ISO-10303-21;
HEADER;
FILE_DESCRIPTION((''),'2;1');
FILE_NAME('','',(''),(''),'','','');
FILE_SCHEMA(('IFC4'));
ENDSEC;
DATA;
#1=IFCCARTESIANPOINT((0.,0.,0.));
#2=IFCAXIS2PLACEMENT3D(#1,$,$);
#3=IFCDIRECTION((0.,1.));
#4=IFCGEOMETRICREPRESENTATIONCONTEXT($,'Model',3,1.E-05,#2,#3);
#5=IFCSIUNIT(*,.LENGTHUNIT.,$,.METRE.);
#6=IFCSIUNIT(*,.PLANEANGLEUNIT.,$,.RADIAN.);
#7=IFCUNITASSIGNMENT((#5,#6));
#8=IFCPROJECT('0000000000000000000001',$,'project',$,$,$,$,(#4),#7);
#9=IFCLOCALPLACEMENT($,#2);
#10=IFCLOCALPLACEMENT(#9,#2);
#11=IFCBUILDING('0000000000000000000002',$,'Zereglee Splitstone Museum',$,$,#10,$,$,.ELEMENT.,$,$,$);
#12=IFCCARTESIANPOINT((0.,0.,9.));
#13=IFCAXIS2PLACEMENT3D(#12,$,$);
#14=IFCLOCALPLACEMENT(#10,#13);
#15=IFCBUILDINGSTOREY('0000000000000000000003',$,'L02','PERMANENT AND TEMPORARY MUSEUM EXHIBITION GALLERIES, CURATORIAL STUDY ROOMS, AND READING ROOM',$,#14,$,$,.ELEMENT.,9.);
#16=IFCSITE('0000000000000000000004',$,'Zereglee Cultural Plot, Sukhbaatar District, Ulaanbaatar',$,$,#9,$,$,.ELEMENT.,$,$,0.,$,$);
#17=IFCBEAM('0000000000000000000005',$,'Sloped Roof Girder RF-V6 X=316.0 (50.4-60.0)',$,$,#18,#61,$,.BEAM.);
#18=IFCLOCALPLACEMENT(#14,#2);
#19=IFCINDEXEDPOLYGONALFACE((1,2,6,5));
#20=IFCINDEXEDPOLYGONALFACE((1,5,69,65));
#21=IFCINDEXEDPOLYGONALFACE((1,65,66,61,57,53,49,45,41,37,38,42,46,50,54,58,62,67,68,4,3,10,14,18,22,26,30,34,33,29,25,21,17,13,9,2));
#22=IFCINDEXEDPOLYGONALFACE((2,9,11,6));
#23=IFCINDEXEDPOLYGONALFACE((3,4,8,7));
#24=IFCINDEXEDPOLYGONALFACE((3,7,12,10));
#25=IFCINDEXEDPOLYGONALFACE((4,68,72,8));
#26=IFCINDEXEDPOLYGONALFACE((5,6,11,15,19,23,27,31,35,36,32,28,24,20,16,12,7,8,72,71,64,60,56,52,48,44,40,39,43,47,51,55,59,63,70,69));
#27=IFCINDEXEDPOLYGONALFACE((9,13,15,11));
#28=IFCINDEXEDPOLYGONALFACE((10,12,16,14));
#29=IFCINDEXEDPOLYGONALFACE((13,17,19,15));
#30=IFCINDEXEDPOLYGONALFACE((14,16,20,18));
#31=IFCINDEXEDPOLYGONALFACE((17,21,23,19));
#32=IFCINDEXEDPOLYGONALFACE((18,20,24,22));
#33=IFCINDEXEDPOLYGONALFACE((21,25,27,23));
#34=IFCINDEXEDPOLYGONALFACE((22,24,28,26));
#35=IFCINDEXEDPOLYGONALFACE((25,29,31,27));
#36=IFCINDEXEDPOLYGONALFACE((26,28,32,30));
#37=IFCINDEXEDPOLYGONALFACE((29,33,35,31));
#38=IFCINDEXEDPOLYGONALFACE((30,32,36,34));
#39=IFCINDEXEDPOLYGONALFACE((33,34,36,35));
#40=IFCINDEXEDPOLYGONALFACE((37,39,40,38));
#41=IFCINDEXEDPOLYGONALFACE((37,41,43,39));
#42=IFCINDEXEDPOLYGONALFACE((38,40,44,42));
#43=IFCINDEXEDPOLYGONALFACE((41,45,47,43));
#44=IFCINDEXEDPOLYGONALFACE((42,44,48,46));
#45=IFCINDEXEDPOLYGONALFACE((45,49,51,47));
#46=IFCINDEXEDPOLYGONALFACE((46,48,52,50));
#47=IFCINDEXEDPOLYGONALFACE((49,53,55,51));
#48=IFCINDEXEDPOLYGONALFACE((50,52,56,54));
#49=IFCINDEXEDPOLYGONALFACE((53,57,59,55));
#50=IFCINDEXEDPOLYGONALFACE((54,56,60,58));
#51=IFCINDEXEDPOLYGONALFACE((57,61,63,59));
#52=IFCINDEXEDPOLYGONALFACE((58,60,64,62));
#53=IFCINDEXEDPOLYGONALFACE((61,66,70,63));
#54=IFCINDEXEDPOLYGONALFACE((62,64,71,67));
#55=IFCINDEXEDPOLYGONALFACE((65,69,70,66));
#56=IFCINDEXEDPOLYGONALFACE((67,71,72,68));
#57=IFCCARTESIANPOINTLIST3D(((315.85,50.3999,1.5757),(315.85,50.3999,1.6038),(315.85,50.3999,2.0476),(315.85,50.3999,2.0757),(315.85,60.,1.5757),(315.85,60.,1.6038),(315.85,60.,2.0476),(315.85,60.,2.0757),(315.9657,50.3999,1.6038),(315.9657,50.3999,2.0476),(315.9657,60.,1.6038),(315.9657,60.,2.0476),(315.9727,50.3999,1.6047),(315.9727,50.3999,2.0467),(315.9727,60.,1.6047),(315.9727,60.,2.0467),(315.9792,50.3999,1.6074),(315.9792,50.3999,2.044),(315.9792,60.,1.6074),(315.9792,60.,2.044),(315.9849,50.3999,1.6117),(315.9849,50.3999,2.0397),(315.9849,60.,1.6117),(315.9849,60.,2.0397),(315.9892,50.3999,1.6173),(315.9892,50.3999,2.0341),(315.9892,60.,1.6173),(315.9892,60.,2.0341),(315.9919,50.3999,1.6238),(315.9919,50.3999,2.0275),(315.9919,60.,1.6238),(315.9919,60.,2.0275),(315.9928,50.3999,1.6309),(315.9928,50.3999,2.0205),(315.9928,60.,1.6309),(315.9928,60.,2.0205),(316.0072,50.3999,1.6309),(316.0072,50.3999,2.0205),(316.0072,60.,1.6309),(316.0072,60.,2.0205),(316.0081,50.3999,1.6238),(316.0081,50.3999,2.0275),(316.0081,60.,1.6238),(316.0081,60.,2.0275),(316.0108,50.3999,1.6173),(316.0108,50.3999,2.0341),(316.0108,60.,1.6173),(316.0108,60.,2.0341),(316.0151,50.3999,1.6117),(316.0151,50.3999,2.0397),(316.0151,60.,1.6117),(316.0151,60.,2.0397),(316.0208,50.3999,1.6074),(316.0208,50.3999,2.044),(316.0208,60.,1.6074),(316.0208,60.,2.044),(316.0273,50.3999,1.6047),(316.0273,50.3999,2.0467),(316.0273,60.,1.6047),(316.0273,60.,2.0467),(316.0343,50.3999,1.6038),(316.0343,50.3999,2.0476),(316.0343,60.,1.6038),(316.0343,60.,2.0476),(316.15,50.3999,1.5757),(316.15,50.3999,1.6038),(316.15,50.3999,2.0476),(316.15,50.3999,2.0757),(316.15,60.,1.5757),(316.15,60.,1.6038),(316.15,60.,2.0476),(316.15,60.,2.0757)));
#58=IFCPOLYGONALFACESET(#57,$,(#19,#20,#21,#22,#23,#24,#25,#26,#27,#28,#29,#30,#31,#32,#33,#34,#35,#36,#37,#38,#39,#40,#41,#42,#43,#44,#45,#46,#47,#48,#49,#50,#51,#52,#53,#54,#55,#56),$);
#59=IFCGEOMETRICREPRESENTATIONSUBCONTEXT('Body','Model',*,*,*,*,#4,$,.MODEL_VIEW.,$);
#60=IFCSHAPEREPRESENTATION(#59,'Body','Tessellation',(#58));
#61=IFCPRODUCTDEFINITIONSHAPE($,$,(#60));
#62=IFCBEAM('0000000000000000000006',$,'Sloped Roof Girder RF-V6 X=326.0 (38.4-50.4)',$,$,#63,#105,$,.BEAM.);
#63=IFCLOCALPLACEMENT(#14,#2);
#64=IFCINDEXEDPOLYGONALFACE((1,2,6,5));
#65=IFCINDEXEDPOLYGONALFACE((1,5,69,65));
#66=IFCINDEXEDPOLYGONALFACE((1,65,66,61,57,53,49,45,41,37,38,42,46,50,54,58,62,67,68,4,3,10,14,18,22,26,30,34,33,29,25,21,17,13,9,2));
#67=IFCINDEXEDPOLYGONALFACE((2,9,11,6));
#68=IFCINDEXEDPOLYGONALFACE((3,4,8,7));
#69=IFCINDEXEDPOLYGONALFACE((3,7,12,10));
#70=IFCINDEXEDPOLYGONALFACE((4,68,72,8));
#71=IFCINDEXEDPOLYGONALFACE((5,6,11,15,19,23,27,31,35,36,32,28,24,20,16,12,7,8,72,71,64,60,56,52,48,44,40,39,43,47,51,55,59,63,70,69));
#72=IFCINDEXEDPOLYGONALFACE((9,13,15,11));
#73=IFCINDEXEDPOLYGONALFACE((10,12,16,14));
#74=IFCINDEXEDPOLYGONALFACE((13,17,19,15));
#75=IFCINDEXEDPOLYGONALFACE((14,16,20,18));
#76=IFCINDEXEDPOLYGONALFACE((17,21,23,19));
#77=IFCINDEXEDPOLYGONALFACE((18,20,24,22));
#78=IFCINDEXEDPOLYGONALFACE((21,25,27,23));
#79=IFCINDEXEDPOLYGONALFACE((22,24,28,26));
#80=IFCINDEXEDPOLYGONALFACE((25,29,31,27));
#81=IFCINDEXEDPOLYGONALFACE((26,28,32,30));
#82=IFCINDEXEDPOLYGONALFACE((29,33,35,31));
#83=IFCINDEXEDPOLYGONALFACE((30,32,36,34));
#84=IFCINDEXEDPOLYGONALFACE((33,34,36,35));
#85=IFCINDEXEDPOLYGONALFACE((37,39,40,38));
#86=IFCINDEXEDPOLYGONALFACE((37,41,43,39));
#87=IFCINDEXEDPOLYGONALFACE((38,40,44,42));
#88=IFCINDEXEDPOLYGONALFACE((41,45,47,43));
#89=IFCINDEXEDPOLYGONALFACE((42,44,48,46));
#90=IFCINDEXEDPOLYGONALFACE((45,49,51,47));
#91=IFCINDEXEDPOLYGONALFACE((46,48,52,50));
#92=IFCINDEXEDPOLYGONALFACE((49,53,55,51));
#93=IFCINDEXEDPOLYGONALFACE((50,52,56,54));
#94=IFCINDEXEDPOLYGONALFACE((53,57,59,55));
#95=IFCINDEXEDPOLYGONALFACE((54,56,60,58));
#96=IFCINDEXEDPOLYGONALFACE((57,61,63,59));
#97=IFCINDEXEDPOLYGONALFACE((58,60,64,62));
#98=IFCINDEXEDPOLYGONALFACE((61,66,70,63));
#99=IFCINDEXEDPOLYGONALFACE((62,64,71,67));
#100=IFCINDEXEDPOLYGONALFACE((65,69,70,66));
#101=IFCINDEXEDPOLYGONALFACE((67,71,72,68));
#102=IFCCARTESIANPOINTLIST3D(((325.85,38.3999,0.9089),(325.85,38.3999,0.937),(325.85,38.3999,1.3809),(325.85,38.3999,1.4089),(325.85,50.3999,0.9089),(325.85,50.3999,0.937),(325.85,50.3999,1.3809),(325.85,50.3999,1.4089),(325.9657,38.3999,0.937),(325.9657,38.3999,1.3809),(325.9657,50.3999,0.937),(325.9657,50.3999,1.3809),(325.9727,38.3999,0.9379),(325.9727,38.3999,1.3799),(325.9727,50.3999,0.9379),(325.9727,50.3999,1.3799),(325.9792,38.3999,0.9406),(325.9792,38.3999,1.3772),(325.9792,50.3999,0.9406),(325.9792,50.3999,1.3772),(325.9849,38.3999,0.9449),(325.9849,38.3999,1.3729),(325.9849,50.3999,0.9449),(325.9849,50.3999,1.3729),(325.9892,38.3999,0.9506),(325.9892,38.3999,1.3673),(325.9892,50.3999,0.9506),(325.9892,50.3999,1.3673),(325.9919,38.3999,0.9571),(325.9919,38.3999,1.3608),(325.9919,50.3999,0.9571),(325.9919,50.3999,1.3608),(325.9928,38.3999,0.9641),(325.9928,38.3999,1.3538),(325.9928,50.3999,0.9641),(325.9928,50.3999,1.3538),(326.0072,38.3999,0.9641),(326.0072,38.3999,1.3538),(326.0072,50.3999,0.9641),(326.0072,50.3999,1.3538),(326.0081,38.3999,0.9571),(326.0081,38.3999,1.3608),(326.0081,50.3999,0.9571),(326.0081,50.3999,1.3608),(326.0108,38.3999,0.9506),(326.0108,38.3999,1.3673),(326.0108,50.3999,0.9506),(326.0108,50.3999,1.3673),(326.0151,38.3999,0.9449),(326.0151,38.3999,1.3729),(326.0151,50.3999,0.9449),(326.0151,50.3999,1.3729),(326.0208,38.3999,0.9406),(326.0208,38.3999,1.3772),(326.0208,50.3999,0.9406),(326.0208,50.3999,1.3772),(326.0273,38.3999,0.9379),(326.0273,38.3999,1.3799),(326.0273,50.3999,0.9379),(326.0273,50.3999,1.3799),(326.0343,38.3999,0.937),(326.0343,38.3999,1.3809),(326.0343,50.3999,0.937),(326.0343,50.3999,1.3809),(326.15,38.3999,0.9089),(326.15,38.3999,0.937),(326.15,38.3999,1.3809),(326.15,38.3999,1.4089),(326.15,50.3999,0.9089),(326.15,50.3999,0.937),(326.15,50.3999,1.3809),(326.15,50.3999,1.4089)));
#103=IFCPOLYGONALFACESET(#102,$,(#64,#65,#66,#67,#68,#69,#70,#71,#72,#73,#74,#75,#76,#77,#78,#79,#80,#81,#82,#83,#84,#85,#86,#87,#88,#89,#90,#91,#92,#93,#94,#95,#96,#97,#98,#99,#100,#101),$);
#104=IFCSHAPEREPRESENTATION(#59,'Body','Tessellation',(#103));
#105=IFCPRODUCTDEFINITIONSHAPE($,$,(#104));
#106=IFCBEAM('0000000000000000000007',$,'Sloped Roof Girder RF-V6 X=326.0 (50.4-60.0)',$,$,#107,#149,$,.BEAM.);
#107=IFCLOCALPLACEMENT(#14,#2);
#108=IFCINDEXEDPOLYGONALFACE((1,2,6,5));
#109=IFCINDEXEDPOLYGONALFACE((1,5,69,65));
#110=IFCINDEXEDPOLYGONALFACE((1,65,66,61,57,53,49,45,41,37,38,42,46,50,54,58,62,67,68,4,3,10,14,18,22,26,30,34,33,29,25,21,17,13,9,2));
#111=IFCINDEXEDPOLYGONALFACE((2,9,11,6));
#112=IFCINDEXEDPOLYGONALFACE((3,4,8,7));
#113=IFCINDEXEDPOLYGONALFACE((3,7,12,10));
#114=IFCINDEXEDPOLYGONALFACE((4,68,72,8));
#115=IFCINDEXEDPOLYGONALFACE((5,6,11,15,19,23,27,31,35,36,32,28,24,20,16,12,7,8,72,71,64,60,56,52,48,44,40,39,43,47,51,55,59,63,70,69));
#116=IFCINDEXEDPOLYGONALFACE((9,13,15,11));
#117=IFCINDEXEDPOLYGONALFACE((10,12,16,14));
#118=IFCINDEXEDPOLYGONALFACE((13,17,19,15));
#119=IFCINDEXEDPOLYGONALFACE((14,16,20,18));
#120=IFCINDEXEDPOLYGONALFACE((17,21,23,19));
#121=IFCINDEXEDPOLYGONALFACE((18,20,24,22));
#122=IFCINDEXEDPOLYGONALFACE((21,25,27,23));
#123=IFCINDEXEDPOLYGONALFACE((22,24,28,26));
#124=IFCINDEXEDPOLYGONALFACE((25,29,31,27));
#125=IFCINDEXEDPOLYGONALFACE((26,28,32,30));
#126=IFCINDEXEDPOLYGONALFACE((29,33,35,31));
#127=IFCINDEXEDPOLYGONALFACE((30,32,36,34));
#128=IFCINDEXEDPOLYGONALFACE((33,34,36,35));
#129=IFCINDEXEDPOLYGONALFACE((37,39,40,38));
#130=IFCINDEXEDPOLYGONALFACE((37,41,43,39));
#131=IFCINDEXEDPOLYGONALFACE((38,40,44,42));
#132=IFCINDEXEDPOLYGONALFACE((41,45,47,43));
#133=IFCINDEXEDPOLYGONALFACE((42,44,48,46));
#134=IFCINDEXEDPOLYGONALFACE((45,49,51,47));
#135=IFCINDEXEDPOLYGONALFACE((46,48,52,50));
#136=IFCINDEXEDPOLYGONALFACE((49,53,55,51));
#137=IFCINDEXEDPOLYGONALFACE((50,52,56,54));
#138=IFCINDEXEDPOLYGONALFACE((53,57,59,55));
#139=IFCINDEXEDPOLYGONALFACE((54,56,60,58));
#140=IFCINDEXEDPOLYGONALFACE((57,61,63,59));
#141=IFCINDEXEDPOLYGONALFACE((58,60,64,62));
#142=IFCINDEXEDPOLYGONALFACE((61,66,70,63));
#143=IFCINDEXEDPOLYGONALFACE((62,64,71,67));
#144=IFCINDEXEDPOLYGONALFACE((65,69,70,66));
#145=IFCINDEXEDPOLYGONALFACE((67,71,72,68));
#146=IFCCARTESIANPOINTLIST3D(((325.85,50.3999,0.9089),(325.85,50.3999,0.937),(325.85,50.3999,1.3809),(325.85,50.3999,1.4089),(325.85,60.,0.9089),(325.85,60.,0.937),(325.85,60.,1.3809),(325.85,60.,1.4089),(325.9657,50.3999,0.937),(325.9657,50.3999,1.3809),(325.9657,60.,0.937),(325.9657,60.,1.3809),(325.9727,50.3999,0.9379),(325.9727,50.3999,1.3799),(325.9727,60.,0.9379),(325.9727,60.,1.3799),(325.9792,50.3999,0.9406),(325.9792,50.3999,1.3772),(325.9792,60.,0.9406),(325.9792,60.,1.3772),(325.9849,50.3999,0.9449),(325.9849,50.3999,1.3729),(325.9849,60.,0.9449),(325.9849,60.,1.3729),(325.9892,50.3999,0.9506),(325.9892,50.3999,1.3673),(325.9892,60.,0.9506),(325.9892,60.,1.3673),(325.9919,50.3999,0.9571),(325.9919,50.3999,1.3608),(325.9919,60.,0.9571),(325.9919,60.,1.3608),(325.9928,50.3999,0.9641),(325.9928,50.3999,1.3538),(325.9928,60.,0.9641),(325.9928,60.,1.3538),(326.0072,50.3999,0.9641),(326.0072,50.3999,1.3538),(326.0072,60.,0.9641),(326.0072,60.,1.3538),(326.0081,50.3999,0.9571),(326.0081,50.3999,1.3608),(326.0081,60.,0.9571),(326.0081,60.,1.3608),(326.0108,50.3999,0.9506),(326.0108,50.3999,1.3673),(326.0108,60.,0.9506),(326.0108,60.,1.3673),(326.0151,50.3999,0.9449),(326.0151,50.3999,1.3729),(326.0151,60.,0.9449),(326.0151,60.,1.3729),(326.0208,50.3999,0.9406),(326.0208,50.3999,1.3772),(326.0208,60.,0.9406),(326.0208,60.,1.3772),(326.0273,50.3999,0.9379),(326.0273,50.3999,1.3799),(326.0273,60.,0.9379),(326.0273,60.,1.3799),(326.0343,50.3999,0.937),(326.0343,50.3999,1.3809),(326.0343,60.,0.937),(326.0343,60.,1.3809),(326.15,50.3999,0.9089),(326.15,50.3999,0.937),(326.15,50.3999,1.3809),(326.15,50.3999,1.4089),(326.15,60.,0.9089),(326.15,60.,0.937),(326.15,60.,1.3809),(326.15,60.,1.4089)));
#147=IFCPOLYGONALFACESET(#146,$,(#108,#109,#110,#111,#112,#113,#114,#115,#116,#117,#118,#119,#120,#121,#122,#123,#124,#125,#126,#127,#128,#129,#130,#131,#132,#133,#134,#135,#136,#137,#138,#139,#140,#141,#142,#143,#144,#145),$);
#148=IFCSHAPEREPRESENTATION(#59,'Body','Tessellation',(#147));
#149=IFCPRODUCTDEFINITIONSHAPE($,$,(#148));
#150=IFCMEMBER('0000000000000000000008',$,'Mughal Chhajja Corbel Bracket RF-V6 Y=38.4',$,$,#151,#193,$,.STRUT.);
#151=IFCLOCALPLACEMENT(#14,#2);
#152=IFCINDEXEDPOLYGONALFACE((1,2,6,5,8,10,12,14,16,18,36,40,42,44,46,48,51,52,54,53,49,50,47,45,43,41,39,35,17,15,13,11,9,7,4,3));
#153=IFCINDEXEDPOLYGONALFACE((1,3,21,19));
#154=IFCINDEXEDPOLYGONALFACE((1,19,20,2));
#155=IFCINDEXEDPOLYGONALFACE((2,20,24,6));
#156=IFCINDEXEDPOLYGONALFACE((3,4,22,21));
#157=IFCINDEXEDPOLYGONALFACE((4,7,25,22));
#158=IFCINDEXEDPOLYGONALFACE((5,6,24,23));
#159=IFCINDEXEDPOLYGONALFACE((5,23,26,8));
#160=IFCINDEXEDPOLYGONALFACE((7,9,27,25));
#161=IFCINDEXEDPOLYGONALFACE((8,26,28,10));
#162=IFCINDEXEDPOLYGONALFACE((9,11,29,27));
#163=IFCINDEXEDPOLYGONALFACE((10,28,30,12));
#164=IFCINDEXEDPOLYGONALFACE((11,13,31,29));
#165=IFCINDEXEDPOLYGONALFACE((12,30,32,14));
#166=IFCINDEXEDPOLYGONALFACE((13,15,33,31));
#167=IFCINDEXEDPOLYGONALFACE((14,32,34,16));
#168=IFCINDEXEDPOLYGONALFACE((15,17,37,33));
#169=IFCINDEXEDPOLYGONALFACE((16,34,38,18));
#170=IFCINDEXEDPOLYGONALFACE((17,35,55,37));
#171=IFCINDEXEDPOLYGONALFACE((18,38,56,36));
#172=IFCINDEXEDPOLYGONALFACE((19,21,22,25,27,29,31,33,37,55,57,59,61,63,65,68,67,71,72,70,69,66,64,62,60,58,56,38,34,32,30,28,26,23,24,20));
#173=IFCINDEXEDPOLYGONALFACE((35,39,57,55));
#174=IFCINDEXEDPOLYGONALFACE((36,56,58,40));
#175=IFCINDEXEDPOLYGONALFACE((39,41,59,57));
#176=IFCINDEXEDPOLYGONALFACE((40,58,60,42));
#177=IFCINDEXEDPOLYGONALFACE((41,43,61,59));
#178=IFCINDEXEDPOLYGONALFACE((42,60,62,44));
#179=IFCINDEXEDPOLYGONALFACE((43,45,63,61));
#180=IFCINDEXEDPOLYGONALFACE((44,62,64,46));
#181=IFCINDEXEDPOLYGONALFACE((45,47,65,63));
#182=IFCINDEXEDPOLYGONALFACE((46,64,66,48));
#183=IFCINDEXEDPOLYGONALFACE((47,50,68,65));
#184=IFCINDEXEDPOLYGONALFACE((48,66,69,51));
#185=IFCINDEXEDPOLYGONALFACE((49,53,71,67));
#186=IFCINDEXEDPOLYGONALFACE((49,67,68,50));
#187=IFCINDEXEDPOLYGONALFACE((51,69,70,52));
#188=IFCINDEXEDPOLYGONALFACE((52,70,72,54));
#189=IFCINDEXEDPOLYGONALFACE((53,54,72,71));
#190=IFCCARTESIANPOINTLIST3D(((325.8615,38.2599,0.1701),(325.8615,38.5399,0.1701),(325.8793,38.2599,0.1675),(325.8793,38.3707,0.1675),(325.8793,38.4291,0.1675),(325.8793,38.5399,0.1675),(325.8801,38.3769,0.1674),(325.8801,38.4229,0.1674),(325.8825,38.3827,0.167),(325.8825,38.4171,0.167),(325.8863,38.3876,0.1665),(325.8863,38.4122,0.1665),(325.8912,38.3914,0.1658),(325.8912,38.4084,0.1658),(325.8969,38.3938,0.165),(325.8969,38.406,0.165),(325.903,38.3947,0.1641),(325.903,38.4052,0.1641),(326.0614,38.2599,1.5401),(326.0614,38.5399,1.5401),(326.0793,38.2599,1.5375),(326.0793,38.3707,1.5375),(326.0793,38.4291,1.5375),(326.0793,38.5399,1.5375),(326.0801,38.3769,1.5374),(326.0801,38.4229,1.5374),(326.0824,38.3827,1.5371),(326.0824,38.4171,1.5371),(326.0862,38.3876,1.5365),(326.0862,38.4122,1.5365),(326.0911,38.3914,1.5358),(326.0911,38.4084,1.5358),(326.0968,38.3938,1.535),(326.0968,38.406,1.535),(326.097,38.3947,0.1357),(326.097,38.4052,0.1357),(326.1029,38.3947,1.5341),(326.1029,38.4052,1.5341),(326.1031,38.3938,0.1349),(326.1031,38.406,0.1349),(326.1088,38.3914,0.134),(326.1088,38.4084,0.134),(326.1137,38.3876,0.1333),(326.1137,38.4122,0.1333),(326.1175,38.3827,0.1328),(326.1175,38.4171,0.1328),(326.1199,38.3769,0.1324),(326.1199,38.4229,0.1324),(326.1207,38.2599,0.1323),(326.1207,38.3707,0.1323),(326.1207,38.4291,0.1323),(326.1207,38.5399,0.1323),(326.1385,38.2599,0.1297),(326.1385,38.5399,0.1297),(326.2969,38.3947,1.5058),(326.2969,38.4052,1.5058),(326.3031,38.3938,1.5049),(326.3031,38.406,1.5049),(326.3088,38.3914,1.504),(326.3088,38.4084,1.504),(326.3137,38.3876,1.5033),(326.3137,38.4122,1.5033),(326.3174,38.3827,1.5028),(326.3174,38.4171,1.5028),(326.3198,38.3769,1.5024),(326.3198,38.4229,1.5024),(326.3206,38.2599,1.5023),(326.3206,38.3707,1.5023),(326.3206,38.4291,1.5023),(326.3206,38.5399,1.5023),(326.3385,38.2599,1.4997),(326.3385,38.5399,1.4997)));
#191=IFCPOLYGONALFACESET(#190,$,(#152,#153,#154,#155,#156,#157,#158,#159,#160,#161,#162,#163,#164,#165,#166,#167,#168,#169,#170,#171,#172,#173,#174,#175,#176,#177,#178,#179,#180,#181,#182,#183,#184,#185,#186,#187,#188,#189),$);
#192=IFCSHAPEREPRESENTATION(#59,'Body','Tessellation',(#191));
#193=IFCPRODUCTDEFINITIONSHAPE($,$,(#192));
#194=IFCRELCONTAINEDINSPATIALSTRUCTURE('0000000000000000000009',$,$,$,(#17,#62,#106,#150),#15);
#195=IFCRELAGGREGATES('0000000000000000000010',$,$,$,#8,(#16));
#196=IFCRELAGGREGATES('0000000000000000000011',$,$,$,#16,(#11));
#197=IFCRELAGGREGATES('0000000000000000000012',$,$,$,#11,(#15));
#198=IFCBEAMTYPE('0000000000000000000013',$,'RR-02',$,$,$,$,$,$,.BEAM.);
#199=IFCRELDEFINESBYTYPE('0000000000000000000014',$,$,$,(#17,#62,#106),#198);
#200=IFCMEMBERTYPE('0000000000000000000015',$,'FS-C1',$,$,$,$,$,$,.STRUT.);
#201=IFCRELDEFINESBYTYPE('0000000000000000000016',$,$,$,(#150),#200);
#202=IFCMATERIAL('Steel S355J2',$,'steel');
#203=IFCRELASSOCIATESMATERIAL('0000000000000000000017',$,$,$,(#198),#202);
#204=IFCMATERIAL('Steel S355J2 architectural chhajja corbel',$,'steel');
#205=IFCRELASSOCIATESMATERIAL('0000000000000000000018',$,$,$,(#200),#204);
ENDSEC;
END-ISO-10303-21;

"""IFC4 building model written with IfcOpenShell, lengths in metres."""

from ifc_helpers import new_model, si_unit, direction, frame, origin, origin_2d, place, context, subcontext, project, spatial, i_section, extrude, material, material_profile, profile_set, type_object, element, save


model = new_model("IFC4")

# Units and contexts
model_context = context("Model", 3, precision=1e-05, world=origin(), true_north=direction((0.0, 1.0)))
body_context = subcontext(model_context, "Body", "Model", "MODEL_VIEW")
ifc_project = project(units=[si_unit("LENGTHUNIT", "METRE"), si_unit("PLANEANGLEUNIT", "RADIAN")], contexts=[model_context])

# Site, building, storey
site_placement = place(None, origin())
site = spatial("IfcSite", under=ifc_project, at=site_placement, Name="Zereglee Cultural Plot, Sukhbaatar District, Ulaanbaatar", CompositionType="ELEMENT", RefElevation=0.0)
building_placement = place(site_placement, origin())
building = spatial("IfcBuilding", under=site, at=building_placement, Name="Zereglee Splitstone Museum", CompositionType="ELEMENT")
storey_placement = place(building_placement, frame((0.0, 0.0, 9.0)))
storey = spatial("IfcBuildingStorey", under=building, at=storey_placement, Name="L02", Description="PERMANENT AND TEMPORARY MUSEUM EXHIBITION GALLERIES, CURATORIAL STUDY ROOMS, AND READING ROOM", CompositionType="ELEMENT", Elevation=9.0)

# Shared definitions
ifc_material_1 = material(Name="Steel S355J2", Category="steel")

# Beams
ifc_material_profile_1 = material_profile(ifc_material_1, i_section(OverallWidth=0.3, OverallDepth=0.5, WebThickness=0.0144, FlangeThickness=0.0281, FilletRadius=0.0271, at=origin_2d()), Name="HE 500 B")
ifc_profile_set_1 = profile_set([ifc_material_profile_1], Name="Steel S355J2")
beam_type = type_object("IfcBeamType", Name="RR-02", PredefinedType="BEAM", material=ifc_profile_set_1)
beam_1_placement = place(storey_placement, frame((316.0, 50.3999, 1.8257), z_axis=(0.0, 1.0, 0.0), x_axis=(-1.0, 0.0, 0.0)))
element("IfcBeam", 1, at=beam_1_placement, inside=storey, type_object=beam_type, Name="Sloped Roof Girder RF-V6 X=316.0 (50.4-60.0)", PredefinedType="BEAM", context=body_context, shape_type="SweptSolid", body=[
    extrude(i_section(OverallWidth=0.3, OverallDepth=0.5, WebThickness=0.0144, FlangeThickness=0.0281, FilletRadius=0.0271, at=origin_2d()), origin(), (0.0, 0.0, 1.0), 9.6001),
])
beam_2_placement = place(storey_placement, frame((326.0, 38.3999, 1.1589), z_axis=(0.0, 1.0, 0.0), x_axis=(-1.0, 0.0, 0.0)))
element("IfcBeam", 2, at=beam_2_placement, inside=storey, type_object=beam_type, Name="Sloped Roof Girder RF-V6 X=326.0 (38.4-50.4)", PredefinedType="BEAM", context=body_context, shape_type="SweptSolid", body=[
    extrude(i_section(OverallWidth=0.3, OverallDepth=0.5, WebThickness=0.0144, FlangeThickness=0.0281, FilletRadius=0.0271, at=origin_2d()), origin(), (0.0, 0.0, 1.0), 12.0),
])
beam_3_placement = place(storey_placement, frame((326.0, 50.3999, 1.1589), z_axis=(0.0, 1.0, 0.0), x_axis=(-1.0, 0.0, 0.0)))
element("IfcBeam", 3, at=beam_3_placement, inside=storey, type_object=beam_type, Name="Sloped Roof Girder RF-V6 X=326.0 (50.4-60.0)", PredefinedType="BEAM", context=body_context, shape_type="SweptSolid", body=[
    extrude(i_section(OverallWidth=0.3, OverallDepth=0.5, WebThickness=0.0144, FlangeThickness=0.0281, FilletRadius=0.0271, at=origin_2d()), origin(), (0.0, 0.0, 1.0), 9.6001),
])

# Member
ifc_material_2 = material(Name="Steel S355J2 architectural chhajja corbel", Category="steel")
ifc_material_profile_2 = material_profile(ifc_material_2, i_section(OverallWidth=0.28, OverallDepth=0.28, WebThickness=0.0105, FlangeThickness=0.0181, FilletRadius=0.0239, at=origin_2d()), Name="HE 280 B")
ifc_profile_set_2 = profile_set([ifc_material_profile_2], Name="Steel S355J2 architectural chhajja corbel")
member_type_1 = type_object("IfcMemberType", Name="FS-C1", PredefinedType="STRUT", material=ifc_profile_set_2)
for number, where, z_axis, x_axis, name in (
    (4, (326.0, 38.3999, 0.1499), (0.144408, 0.0, 0.989518), (0.0, 1.0, 0.0), "Mughal Chhajja Corbel Bracket RF-V6 Y=38.4"),
):
    element("IfcMember", number, at=place(storey_placement, frame(where, z_axis=z_axis, x_axis=x_axis)), inside=storey, type_object=member_type_1, Name=name, PredefinedType="STRUT", context=body_context, shape_type="SweptSolid", body=[
        extrude(i_section(OverallWidth=0.28, OverallDepth=0.28, WebThickness=0.0105, FlangeThickness=0.0181, FilletRadius=0.0239, at=origin_2d()), origin(), (0.0, 0.0, 1.0), 1.3845),
    ])

save(model, "model.ifc")
